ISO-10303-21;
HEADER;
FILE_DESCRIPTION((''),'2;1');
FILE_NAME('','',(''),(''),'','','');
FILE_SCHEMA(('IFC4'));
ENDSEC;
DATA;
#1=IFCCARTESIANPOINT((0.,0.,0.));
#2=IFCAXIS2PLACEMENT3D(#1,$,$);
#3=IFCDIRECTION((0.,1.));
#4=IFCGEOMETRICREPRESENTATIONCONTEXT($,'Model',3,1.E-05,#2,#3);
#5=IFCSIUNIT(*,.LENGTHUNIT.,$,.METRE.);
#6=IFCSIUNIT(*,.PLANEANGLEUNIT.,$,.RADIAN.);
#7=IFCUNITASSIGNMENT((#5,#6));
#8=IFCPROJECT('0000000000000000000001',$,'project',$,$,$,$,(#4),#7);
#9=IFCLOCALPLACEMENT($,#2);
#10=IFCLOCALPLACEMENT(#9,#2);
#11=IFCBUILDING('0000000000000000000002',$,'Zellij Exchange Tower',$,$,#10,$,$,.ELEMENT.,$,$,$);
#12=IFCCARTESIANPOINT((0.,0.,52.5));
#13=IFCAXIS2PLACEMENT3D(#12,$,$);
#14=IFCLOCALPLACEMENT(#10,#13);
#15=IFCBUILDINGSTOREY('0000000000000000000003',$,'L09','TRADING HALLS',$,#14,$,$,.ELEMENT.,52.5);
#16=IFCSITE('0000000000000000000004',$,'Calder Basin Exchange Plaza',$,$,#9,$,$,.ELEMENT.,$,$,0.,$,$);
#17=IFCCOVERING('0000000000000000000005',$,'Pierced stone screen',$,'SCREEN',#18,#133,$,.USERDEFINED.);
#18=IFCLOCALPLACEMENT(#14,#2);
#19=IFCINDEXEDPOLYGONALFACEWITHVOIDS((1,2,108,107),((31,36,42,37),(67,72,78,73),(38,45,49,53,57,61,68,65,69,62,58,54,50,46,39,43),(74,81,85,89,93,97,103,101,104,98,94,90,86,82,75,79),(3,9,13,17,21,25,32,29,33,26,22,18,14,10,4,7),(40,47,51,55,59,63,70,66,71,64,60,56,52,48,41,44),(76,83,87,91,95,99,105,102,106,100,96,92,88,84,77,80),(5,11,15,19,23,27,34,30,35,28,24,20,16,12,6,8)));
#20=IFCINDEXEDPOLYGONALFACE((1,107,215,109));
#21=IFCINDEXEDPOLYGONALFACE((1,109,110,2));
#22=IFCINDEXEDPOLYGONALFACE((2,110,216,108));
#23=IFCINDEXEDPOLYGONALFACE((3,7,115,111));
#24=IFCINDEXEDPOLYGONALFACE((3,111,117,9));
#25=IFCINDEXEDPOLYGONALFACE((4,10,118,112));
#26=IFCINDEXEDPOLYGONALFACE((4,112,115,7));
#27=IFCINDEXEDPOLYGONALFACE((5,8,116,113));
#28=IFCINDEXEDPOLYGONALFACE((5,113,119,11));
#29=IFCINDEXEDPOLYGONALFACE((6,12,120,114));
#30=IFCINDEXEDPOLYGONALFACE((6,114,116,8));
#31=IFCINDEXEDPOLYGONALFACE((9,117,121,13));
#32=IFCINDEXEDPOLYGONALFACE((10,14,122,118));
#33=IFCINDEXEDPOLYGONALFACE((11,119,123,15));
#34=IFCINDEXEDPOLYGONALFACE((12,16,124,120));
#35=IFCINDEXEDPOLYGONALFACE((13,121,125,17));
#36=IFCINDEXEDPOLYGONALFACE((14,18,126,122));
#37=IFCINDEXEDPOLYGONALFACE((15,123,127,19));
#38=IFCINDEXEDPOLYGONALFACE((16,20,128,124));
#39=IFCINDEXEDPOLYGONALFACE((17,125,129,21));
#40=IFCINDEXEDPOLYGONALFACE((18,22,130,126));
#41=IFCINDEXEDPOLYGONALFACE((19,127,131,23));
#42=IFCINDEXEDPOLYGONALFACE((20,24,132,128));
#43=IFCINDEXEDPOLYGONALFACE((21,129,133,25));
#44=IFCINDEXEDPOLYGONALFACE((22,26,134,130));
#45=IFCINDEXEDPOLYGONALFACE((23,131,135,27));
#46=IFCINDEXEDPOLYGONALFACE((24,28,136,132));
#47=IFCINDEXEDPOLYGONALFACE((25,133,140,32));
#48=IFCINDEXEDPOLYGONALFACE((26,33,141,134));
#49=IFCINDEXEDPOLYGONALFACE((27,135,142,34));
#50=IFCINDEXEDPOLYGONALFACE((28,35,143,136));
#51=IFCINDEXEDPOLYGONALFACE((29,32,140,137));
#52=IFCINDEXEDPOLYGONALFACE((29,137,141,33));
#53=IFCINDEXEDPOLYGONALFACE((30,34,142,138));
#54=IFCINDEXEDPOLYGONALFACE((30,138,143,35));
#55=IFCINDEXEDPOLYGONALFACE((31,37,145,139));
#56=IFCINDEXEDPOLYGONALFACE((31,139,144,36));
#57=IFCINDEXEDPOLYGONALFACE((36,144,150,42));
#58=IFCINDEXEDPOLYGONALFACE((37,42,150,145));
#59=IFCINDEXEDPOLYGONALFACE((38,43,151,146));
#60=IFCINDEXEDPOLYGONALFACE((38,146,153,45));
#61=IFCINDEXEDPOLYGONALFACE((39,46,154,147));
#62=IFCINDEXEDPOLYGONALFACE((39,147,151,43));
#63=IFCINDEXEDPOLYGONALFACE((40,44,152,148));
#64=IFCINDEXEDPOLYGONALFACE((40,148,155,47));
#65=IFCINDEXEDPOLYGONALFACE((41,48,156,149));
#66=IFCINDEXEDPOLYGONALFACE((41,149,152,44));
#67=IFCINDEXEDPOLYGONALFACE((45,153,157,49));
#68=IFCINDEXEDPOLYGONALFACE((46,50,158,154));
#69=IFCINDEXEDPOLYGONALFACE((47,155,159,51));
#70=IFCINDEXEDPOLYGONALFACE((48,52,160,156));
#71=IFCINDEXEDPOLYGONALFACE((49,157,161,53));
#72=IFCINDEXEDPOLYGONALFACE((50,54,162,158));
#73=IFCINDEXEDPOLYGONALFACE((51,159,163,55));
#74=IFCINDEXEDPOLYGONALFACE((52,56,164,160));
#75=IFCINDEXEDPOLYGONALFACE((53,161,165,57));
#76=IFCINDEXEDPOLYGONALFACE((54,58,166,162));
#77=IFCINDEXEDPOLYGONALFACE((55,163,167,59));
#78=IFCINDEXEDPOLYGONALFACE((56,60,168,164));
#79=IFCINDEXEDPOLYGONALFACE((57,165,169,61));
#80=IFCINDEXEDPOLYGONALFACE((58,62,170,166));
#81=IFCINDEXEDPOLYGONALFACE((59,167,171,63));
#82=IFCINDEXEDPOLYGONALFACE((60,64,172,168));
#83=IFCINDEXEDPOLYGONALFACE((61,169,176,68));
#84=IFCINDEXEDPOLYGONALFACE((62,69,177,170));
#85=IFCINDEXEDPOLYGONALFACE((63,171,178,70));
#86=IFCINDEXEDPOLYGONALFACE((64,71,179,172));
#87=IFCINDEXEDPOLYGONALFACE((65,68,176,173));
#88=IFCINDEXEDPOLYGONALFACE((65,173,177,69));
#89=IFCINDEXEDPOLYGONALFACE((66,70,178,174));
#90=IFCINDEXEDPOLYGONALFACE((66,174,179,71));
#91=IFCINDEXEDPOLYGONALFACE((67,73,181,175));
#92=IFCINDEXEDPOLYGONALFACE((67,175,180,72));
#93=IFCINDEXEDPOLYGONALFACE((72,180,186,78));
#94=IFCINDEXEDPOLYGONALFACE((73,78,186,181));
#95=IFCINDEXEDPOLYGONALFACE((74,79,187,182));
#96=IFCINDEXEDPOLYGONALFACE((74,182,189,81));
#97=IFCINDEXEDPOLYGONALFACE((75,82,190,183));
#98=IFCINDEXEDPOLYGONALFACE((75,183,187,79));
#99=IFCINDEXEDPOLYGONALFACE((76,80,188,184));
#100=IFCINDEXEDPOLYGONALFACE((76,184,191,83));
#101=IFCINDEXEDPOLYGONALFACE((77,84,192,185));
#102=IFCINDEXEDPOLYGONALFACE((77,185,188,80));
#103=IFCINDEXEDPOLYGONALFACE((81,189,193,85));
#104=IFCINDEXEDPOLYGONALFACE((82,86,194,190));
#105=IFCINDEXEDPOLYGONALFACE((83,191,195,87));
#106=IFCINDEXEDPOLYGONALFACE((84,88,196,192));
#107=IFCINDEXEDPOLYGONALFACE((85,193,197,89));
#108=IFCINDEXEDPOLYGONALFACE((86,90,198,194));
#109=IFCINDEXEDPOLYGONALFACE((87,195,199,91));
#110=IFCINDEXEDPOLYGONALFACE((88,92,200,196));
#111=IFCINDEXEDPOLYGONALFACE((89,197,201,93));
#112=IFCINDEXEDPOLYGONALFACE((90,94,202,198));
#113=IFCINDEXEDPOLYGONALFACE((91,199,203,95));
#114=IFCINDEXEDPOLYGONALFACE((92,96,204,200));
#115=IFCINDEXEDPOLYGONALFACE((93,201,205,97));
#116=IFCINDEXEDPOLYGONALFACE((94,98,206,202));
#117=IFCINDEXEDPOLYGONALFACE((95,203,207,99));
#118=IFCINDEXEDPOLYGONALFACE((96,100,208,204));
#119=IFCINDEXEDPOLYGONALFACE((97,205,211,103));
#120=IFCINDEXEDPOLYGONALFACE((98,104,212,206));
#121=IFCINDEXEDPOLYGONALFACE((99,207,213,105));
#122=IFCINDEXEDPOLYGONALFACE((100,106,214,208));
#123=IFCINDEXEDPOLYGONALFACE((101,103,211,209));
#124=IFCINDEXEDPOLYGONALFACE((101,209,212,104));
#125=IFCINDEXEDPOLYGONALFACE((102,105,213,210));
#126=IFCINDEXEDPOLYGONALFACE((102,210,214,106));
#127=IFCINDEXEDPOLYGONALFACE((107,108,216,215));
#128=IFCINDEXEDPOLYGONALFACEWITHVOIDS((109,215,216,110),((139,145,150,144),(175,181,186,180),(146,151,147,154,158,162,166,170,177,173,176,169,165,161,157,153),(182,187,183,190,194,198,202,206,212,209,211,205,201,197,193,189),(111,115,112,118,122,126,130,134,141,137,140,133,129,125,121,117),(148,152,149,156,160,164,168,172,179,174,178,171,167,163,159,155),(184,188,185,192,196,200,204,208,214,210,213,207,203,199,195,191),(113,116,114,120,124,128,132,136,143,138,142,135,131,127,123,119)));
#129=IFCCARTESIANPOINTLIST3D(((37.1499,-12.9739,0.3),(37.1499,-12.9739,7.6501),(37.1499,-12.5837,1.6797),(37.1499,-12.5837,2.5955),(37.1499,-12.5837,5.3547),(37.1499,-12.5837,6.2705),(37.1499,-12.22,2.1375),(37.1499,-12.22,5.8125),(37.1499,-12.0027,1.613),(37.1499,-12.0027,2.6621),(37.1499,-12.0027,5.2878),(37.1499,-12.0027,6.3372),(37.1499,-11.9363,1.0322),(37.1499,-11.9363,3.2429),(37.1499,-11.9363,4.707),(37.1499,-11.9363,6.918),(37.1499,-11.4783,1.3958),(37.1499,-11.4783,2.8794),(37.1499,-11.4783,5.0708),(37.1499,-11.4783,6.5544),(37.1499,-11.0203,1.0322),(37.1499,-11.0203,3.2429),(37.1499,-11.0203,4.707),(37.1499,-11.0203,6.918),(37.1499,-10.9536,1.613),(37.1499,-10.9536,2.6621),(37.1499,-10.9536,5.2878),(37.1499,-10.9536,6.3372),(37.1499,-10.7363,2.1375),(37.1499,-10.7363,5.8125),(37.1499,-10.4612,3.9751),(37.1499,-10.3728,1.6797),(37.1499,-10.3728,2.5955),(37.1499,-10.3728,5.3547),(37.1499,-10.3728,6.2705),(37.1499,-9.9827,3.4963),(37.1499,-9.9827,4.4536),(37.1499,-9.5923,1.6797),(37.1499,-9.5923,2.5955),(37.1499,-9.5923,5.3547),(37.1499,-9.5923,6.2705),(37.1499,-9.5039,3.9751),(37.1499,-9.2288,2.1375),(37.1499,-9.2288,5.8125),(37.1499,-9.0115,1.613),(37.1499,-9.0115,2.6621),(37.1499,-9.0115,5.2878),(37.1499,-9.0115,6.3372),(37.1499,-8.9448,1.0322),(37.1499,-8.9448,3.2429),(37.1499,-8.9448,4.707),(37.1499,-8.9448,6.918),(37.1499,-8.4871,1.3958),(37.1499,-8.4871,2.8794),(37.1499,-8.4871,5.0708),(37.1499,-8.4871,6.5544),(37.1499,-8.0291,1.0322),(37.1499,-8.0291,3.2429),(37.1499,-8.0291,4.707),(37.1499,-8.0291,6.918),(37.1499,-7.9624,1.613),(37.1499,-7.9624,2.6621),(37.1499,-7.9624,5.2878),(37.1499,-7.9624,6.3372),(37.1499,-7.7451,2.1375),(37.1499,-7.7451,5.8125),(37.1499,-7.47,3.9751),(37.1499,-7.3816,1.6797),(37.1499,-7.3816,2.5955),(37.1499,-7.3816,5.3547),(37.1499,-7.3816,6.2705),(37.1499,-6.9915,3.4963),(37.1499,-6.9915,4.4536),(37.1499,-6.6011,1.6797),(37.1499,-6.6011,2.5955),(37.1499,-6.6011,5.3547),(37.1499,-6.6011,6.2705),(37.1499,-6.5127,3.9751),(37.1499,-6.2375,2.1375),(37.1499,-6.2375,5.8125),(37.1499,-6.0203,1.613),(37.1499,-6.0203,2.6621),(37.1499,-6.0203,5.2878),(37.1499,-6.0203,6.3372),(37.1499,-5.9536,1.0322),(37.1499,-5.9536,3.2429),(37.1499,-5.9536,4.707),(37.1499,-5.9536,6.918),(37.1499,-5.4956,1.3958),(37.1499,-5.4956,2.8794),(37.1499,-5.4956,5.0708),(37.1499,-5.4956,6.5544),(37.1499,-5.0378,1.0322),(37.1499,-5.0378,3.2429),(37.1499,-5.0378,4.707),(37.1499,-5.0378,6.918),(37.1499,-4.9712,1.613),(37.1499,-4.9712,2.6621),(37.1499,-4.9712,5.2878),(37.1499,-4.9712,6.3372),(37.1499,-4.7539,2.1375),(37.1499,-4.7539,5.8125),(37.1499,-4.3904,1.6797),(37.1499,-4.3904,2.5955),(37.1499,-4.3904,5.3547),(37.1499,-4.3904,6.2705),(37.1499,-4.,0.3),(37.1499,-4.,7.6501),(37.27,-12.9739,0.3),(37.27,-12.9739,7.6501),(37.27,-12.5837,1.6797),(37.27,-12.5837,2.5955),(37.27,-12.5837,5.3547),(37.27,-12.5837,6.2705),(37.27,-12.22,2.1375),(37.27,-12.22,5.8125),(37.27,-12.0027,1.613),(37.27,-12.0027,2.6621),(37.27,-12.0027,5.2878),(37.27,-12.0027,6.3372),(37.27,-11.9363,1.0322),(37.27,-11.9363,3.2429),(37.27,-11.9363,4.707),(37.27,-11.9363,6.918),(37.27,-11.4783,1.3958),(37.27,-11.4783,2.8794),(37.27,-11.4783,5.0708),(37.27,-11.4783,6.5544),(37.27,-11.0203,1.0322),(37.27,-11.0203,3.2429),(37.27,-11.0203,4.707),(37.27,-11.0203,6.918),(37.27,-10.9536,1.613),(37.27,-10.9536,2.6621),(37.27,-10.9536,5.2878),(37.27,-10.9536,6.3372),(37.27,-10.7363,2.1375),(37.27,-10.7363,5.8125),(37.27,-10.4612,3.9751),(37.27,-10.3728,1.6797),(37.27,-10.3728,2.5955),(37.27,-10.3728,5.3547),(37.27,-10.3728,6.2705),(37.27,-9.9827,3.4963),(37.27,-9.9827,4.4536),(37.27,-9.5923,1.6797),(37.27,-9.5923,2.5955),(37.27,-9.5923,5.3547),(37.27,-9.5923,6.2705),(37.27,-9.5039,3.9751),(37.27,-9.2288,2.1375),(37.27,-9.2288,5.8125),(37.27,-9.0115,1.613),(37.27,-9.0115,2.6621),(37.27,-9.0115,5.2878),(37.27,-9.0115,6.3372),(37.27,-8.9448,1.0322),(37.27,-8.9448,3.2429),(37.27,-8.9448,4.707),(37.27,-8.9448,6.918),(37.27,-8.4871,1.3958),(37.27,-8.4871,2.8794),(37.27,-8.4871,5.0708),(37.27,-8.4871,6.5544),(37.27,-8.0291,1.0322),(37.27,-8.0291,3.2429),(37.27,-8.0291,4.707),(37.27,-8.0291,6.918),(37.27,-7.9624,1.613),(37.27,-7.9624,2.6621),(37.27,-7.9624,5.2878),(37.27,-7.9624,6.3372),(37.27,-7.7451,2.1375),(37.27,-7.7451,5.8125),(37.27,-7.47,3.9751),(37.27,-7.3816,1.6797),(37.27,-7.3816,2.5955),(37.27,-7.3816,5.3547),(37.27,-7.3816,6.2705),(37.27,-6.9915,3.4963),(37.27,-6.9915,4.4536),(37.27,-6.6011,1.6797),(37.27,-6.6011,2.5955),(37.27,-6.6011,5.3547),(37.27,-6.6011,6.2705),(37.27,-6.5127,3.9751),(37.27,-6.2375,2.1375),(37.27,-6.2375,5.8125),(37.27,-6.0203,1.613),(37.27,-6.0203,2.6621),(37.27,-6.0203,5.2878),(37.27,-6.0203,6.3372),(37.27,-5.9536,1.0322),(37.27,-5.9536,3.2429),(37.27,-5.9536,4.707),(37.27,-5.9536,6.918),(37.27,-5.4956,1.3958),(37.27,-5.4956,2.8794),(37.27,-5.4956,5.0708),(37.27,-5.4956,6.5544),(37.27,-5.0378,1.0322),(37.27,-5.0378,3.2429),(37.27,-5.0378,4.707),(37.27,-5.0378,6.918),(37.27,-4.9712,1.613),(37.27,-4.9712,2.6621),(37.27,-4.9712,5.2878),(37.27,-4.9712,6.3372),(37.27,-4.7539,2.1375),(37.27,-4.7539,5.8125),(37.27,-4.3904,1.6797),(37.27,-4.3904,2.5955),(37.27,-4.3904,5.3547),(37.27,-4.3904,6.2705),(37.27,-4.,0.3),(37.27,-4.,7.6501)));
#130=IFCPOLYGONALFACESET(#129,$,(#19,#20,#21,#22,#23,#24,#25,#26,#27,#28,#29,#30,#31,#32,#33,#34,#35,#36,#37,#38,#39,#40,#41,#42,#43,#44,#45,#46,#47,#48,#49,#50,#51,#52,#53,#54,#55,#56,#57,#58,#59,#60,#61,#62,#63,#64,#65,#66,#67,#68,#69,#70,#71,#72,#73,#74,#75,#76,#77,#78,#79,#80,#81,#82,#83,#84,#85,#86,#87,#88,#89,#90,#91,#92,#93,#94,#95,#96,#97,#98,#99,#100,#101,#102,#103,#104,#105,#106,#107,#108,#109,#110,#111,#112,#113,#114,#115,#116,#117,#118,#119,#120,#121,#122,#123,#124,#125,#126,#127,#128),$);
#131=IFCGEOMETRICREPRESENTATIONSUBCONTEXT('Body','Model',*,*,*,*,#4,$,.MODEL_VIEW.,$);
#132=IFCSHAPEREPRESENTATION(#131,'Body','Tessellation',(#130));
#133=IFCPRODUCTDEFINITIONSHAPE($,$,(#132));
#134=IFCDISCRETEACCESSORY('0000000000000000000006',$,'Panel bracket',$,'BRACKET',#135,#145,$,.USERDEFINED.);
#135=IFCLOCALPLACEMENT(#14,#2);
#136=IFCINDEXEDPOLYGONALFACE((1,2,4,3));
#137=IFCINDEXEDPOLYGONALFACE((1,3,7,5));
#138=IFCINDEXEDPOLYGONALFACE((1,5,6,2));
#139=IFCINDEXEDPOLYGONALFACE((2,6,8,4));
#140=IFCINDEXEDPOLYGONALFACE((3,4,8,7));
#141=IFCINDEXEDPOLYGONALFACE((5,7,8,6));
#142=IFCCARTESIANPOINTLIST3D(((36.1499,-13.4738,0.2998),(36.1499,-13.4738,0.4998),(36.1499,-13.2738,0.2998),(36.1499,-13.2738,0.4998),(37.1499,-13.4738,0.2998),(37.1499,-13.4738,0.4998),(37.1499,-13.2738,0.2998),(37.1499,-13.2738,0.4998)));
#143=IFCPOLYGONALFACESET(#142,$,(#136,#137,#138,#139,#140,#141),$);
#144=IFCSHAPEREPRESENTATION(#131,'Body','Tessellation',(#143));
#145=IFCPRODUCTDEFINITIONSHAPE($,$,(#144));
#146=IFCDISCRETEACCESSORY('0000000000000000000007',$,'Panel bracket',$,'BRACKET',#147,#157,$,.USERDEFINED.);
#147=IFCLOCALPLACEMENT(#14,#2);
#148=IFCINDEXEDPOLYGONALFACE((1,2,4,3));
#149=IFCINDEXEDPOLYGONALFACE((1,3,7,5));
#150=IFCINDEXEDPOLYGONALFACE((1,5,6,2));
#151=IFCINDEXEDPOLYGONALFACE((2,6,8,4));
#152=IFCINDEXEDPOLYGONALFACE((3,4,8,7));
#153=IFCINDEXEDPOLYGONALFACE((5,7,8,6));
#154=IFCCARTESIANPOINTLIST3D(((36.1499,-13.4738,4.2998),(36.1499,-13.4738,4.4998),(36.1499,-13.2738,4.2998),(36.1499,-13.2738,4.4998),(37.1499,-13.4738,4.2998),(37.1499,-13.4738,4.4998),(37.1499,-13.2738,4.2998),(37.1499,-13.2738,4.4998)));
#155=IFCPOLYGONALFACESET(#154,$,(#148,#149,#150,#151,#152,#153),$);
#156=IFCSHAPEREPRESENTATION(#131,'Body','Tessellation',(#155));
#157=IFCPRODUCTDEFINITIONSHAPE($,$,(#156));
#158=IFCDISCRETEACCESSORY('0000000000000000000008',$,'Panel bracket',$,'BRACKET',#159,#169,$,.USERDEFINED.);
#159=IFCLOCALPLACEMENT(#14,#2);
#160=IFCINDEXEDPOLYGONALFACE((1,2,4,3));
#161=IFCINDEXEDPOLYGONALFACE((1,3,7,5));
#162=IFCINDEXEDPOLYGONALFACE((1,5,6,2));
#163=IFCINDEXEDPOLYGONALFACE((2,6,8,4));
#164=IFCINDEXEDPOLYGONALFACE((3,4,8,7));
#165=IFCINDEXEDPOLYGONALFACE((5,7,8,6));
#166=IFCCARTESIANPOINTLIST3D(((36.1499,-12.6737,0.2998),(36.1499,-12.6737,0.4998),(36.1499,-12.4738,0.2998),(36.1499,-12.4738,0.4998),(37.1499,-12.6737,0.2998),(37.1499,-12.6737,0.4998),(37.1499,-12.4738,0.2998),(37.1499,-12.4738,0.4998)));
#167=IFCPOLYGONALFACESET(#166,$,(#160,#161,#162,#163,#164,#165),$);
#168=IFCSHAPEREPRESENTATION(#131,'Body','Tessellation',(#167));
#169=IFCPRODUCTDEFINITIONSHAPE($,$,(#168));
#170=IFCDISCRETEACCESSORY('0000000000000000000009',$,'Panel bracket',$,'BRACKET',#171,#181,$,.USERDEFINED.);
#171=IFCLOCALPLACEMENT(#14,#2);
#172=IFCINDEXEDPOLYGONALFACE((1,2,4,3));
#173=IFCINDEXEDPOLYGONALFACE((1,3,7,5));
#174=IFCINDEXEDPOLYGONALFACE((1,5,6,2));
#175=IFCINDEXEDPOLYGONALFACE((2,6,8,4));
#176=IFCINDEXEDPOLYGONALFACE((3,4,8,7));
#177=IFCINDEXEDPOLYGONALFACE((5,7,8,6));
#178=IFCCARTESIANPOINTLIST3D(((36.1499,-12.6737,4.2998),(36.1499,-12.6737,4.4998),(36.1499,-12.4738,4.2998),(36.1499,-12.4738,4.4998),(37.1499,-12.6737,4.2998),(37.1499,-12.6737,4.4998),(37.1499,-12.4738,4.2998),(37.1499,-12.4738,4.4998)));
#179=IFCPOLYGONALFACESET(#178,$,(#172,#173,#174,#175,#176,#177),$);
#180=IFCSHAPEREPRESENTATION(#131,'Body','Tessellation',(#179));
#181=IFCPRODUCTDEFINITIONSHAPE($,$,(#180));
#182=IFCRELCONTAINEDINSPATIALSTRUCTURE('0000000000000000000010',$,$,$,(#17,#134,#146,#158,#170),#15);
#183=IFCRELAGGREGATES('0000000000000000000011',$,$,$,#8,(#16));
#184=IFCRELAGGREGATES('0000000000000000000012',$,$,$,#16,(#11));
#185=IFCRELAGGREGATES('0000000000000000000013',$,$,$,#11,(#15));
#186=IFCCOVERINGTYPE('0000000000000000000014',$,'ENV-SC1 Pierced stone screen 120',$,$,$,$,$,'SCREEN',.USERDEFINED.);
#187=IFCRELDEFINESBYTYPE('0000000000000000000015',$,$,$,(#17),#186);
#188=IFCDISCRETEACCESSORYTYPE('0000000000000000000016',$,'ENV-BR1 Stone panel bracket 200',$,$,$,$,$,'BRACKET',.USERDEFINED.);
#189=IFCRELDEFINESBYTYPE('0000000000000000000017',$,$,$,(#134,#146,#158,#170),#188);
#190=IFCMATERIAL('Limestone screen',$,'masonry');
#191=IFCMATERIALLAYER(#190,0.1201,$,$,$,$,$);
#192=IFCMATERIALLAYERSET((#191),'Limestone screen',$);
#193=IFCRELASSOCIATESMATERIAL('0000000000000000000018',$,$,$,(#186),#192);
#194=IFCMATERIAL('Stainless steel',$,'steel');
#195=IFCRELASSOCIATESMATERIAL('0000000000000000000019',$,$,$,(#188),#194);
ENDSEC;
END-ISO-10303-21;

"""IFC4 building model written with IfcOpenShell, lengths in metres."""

from ifc_helpers import new_model, si_unit, direction, frame, origin, origin_2d, place, context, subcontext, project, spatial, polyline, rectangle, outline, extrude, material, layer, layer_set, type_object, element, save


model = new_model("IFC4")

# Units and contexts
model_context = context("Model", 3, precision=1e-05, world=origin(), true_north=direction((0.0, 1.0)))
body_context = subcontext(model_context, "Body", "Model", "MODEL_VIEW")
ifc_project = project(units=[si_unit("LENGTHUNIT", "METRE"), si_unit("PLANEANGLEUNIT", "RADIAN")], contexts=[model_context])

# Site, building, storey
site_placement = place(None, origin())
site = spatial("IfcSite", under=ifc_project, at=site_placement, Name="Calder Basin Exchange Plaza", CompositionType="ELEMENT", RefElevation=0.0)
building_placement = place(site_placement, origin())
building = spatial("IfcBuilding", under=site, at=building_placement, Name="Zellij Exchange Tower", CompositionType="ELEMENT")
storey_placement = place(building_placement, frame((0.0, 0.0, 52.5)))
storey = spatial("IfcBuildingStorey", under=building, at=storey_placement, Name="L09", Description="TRADING HALLS", CompositionType="ELEMENT", Elevation=52.5)

# Shared definitions
ifc_material_1 = material(Name="Stainless steel", Category="steel")

# Covering
ifc_material_2 = material(Name="Limestone screen", Category="masonry")
ifc_layer_1 = layer(ifc_material_2, 0.1201)
ifc_layer_set_1 = layer_set([ifc_layer_1], Name="Limestone screen")
covering_type = type_object("IfcCoveringType", Name="ENV-SC1 Pierced stone screen 120", ElementType="SCREEN", PredefinedType="USERDEFINED", material=ifc_layer_set_1)
covering_placement = place(storey_placement, frame((37.21, -12.9739, 0.3), z_axis=(0.0, 0.0, 1.0), x_axis=(0.0, 1.0, 0.0)))
element("IfcCovering", 1, at=covering_placement, inside=storey, type_object=covering_type, Name="Pierced stone screen", ObjectType="SCREEN", PredefinedType="USERDEFINED", context=body_context, shape_type="SweptSolid", body=[
    extrude(outline(polyline([(0.0, 0.0), (8.9739, 0.0), (8.9739, 7.3501), (0.0, 7.3501), (0.0, 0.0)]), holes=[polyline([(2.6011, 2.2954), (2.0203, 2.3621), (1.9536, 2.9429), (1.4956, 2.5793), (1.0376, 2.9429), (0.9712, 2.3621), (0.3901, 2.2954), (0.7539, 1.8374), (0.3901, 1.3796), (0.9712, 1.313), (1.0376, 0.7322), (1.4956, 1.0957), (1.9536, 0.7322), (2.0203, 1.313), (2.6011, 1.3796), (2.2375, 1.8374), (2.6011, 2.2954)]), polyline([(2.6011, 5.9705), (2.0203, 6.0371), (1.9536, 6.6179), (1.4956, 6.2544), (1.0376, 6.6179), (0.9712, 6.0371), (0.3901, 5.9705), (0.7539, 5.5125), (0.3901, 5.0547), (0.9712, 4.9878), (1.0376, 4.407), (1.4956, 4.7708), (1.9536, 4.407), (2.0203, 4.9878), (2.6011, 5.0547), (2.2375, 5.5125), (2.6011, 5.9705)]), polyline([(5.5923, 2.2954), (5.0115, 2.3621), (4.9448, 2.9429), (4.4868, 2.5793), (4.0291, 2.9429), (3.9624, 2.3621), (3.3816, 2.2954), (3.7451, 1.8374), (3.3816, 1.3796), (3.9624, 1.313), (4.0291, 0.7322), (4.4868, 1.0957), (4.9448, 0.7322), (5.0115, 1.313), (5.5923, 1.3796), (5.2288, 1.8374), (5.5923, 2.2954)]), polyline([(5.5923, 5.9705), (5.0115, 6.0371), (4.9448, 6.6179), (4.4868, 6.2544), (4.0291, 6.6179), (3.9624, 6.0371), (3.3816, 5.9705), (3.7451, 5.5125), (3.3816, 5.0547), (3.9624, 4.9878), (4.0291, 4.407), (4.4868, 4.7708), (4.9448, 4.407), (5.0115, 4.9878), (5.5923, 5.0547), (5.2288, 5.5125), (5.5923, 5.9705)]), polyline([(8.5835, 2.2954), (8.0027, 2.3621), (7.936, 2.9429), (7.4783, 2.5793), (7.0203, 2.9429), (6.9536, 2.3621), (6.3728, 2.2954), (6.7363, 1.8374), (6.3728, 1.3796), (6.9536, 1.313), (7.0203, 0.7322), (7.4783, 1.0957), (7.936, 0.7322), (8.0027, 1.313), (8.5835, 1.3796), (8.22, 1.8374), (8.5835, 2.2954)]), polyline([(8.5835, 5.9705), (8.0027, 6.0371), (7.936, 6.6179), (7.4783, 6.2544), (7.0203, 6.6179), (6.9536, 6.0371), (6.3728, 5.9705), (6.7363, 5.5125), (6.3728, 5.0547), (6.9536, 4.9878), (7.0203, 4.407), (7.4783, 4.7708), (7.936, 4.407), (8.0027, 4.9878), (8.5835, 5.0547), (8.22, 5.5125), (8.5835, 5.9705)]), polyline([(3.47, 3.675), (2.9912, 4.1536), (2.5127, 3.675), (2.9912, 3.1963), (3.47, 3.675)]), polyline([(6.4612, 3.675), (5.9824, 4.1536), (5.5039, 3.675), (5.9824, 3.1963), (6.4612, 3.675)])]), frame((0.0, 0.0601, 0.0), z_axis=(0.0, -1.0, 0.0), x_axis=(1.0, 0.0, 0.0)), (0.0, 0.0, 1.0), 0.1201),
])

# Discrete accessories
discrete_accessory_type = type_object("IfcDiscreteAccessoryType", Name="ENV-BR1 Stone panel bracket 200", ElementType="BRACKET", PredefinedType="USERDEFINED", material=ifc_material_1)
for number, where, z_axis, x_axis, name in (
    (2, (36.6499, -13.3738, 0.2998), (0.0, 0.0, 1.0), (0.0, 1.0, 0.0), "Panel bracket"),
    (3, (36.6499, -13.3738, 4.2998), (0.0, 0.0, 1.0), (0.0, 1.0, 0.0), "Panel bracket"),
    (4, (36.6499, -12.5737, 0.2998), (0.0, 0.0, 1.0), (0.0, 1.0, 0.0), "Panel bracket"),
    (5, (36.6499, -12.5737, 4.2998), (0.0, 0.0, 1.0), (0.0, 1.0, 0.0), "Panel bracket"),
):
    element("IfcDiscreteAccessory", number, at=place(storey_placement, frame(where, z_axis=z_axis, x_axis=x_axis)), inside=storey, type_object=discrete_accessory_type, Name=name, ObjectType="BRACKET", PredefinedType="USERDEFINED", context=body_context, shape_type="SweptSolid", body=[
        extrude(rectangle(XDim=0.2, YDim=1.0, at=origin_2d()), origin(), (0.0, 0.0, 1.0), 0.2),
    ])

save(model, "model.ifc")
